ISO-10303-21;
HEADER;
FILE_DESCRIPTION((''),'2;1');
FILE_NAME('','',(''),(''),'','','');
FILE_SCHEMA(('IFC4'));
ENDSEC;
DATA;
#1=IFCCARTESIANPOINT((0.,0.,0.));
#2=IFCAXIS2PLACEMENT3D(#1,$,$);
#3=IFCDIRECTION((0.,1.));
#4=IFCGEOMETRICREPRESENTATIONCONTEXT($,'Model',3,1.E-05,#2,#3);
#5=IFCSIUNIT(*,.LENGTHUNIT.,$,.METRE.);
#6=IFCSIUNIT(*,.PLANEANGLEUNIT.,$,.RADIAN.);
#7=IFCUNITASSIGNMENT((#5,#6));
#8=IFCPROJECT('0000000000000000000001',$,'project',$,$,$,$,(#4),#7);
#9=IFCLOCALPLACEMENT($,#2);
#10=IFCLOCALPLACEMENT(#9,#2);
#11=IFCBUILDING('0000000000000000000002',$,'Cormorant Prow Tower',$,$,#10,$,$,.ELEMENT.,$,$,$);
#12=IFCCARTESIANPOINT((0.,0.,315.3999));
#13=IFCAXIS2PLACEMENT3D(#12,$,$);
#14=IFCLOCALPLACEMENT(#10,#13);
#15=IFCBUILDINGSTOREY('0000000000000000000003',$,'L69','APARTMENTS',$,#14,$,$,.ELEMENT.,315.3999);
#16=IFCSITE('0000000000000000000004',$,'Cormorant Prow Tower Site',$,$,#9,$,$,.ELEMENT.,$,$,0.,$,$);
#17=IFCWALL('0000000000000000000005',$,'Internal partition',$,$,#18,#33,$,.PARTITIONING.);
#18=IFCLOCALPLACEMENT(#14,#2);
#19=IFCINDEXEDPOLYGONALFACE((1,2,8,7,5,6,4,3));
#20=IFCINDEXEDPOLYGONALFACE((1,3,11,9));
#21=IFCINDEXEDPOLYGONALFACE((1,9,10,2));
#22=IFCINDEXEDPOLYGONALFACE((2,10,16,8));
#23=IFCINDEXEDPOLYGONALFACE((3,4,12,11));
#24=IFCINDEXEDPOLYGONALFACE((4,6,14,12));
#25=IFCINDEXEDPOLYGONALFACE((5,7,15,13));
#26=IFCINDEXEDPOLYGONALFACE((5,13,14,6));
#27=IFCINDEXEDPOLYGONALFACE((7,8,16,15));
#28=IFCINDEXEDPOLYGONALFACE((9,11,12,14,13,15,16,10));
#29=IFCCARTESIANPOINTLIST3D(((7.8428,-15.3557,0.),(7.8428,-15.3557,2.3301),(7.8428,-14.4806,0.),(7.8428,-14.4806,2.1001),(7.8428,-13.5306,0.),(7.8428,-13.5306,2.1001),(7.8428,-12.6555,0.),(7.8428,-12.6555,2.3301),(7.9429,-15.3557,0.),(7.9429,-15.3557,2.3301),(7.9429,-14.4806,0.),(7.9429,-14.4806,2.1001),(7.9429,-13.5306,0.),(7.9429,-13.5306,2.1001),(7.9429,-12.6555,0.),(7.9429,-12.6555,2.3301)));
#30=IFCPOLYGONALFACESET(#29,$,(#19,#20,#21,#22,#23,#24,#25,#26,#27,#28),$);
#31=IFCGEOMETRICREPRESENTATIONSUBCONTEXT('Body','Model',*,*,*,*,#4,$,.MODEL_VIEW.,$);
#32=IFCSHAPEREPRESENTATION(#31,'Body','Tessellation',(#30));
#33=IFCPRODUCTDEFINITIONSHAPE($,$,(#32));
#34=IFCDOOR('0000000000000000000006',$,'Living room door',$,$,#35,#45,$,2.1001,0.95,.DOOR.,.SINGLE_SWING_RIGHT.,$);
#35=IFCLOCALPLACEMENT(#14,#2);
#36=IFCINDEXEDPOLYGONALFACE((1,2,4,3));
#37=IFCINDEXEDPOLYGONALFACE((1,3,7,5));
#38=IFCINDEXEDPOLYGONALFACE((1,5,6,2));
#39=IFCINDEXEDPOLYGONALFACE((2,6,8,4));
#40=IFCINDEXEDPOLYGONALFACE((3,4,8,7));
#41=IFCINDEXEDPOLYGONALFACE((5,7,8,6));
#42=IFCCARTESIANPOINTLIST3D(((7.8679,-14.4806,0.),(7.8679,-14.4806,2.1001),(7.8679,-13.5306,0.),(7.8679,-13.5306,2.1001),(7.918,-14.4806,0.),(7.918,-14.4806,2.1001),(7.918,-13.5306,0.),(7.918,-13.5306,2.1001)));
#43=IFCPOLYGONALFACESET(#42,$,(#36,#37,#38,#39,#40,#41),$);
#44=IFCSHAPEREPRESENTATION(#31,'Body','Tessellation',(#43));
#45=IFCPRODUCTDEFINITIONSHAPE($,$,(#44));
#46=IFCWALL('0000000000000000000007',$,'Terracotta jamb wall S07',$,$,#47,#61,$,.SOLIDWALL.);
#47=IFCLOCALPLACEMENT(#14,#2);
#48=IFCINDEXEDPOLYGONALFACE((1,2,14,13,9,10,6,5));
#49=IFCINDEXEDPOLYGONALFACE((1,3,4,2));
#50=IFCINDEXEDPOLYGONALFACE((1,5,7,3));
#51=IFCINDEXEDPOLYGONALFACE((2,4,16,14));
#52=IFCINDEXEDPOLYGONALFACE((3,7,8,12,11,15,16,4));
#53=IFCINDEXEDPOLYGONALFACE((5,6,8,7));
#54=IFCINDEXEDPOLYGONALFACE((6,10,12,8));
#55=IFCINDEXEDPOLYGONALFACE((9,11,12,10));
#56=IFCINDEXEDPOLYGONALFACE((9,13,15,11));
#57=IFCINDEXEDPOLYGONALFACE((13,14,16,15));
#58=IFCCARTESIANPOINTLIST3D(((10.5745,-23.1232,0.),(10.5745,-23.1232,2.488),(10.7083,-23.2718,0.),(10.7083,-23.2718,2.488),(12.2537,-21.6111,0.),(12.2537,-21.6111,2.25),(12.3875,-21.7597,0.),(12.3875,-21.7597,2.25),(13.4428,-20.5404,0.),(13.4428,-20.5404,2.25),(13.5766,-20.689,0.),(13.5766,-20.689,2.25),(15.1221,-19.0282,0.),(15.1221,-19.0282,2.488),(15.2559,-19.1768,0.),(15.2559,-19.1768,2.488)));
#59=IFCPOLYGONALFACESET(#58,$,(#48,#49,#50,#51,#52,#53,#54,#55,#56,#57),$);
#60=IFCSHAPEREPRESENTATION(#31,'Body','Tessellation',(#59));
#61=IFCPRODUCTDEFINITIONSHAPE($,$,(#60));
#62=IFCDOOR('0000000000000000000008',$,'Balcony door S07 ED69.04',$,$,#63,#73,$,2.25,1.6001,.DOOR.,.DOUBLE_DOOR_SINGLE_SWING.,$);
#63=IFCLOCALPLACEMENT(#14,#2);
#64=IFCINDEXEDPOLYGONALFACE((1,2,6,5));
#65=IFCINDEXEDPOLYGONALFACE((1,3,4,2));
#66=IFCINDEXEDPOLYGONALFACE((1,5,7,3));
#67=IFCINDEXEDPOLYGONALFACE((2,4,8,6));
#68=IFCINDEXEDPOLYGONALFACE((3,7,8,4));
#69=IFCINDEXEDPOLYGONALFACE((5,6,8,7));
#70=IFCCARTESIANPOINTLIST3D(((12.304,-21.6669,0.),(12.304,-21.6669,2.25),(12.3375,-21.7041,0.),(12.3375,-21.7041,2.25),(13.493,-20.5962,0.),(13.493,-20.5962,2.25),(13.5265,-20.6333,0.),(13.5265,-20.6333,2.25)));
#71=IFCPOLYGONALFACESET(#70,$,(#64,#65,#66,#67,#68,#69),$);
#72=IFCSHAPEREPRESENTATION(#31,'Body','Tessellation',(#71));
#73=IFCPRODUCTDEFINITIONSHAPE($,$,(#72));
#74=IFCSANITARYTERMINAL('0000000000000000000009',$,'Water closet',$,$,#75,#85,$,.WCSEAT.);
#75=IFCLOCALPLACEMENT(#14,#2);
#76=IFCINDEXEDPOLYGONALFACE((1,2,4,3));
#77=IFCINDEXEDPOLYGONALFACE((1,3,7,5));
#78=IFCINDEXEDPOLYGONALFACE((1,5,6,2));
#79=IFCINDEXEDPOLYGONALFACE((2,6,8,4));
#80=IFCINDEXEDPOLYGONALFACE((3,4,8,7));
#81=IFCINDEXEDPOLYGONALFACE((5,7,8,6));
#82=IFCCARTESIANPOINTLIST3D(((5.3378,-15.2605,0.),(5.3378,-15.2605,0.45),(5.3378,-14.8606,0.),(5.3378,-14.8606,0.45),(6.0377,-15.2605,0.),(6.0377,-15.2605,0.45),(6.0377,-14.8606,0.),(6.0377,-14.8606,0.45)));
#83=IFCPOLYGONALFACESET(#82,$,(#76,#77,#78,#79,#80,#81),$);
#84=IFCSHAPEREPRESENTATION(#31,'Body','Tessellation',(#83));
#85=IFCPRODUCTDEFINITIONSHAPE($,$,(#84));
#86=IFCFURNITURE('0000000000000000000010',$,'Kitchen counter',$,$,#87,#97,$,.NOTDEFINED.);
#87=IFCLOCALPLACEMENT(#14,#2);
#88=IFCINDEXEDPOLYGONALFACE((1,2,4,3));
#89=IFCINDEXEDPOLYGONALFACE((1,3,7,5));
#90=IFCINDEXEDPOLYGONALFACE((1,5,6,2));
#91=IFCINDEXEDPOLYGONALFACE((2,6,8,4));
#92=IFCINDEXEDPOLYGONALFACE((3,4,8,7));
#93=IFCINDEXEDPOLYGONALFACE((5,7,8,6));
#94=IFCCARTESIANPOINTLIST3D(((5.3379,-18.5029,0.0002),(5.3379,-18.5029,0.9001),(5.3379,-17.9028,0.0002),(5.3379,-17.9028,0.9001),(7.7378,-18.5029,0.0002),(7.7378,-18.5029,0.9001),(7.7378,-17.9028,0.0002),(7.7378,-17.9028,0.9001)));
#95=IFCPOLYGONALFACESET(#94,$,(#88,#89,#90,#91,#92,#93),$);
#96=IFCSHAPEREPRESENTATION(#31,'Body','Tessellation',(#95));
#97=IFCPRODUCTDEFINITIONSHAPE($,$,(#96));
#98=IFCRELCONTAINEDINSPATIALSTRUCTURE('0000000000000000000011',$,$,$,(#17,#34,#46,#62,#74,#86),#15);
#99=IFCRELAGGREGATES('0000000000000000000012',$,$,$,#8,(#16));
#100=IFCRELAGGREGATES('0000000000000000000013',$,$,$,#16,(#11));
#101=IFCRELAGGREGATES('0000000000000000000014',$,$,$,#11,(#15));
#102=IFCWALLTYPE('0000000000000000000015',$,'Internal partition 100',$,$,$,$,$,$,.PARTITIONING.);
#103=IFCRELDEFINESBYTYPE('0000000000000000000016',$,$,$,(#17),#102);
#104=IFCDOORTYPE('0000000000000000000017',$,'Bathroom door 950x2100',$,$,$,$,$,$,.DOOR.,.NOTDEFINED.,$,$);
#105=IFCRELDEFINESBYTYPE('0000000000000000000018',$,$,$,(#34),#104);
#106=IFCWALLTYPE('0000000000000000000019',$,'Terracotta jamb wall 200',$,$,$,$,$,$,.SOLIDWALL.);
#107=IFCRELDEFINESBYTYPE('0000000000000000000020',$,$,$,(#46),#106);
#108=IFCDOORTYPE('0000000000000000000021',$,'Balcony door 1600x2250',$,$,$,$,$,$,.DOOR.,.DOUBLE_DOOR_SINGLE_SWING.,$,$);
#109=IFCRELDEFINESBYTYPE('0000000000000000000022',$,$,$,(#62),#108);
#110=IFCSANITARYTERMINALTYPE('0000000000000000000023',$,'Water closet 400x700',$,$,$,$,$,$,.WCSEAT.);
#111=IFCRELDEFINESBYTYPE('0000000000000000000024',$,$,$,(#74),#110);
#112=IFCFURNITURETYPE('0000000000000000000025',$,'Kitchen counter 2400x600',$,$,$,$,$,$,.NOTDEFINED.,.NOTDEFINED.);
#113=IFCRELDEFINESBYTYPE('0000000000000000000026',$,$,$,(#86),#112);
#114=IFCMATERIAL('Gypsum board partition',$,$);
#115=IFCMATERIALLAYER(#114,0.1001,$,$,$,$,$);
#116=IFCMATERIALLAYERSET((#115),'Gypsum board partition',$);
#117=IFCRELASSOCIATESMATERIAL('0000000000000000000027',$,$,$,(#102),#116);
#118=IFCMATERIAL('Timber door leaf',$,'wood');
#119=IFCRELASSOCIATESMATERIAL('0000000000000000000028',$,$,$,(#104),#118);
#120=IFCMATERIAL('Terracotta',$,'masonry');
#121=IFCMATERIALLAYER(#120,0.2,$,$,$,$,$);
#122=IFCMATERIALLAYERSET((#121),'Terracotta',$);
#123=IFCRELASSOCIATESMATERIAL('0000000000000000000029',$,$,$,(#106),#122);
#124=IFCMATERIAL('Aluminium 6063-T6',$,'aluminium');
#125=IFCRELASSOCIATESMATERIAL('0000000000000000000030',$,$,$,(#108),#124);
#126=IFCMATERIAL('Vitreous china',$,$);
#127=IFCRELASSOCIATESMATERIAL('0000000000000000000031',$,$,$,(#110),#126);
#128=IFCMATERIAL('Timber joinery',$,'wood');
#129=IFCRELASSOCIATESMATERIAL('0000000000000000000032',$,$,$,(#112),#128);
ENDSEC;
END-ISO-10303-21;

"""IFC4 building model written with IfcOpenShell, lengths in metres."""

from ifc_helpers import new_model, si_unit, direction, frame, frame_2d, origin, origin_2d, place, context, subcontext, project, spatial, rectangle, extrude, material, layer, layer_set, type_object, element, fill, save


model = new_model("IFC4")

# Units and contexts
model_context = context("Model", 3, precision=1e-05, world=origin(), true_north=direction((0.0, 1.0)))
body_context = subcontext(model_context, "Body", "Model", "MODEL_VIEW")
ifc_project = project(units=[si_unit("LENGTHUNIT", "METRE"), si_unit("PLANEANGLEUNIT", "RADIAN")], contexts=[model_context])

# Site, building, storey
site_placement = place(None, origin())
site = spatial("IfcSite", under=ifc_project, at=site_placement, Name="Cormorant Prow Tower Site", CompositionType="ELEMENT", RefElevation=0.0)
building_placement = place(site_placement, origin())
building = spatial("IfcBuilding", under=site, at=building_placement, Name="Cormorant Prow Tower", CompositionType="ELEMENT")
storey_placement = place(building_placement, frame((0.0, 0.0, 315.3999)))
storey = spatial("IfcBuildingStorey", under=building, at=storey_placement, Name="L69", Description="APARTMENTS", CompositionType="ELEMENT", Elevation=315.3999)

# Walls, openings, doors
ifc_material_1 = material(Name="Gypsum board partition")
ifc_layer_1 = layer(ifc_material_1, 0.1001)
ifc_layer_set_1 = layer_set([ifc_layer_1], Name="Gypsum board partition")
wall_type_1 = type_object("IfcWallType", Name="Internal partition 100", PredefinedType="PARTITIONING", material=ifc_layer_set_1)
ifc_material_2 = material(Name="Timber door leaf", Category="wood")
door_type_1 = type_object("IfcDoorType", Name="Bathroom door 950x2100", OperationType="NOTDEFINED", PredefinedType="DOOR", material=ifc_material_2)
wall_1_placement = place(storey_placement, frame((7.8928, -15.3557, 0.0), z_axis=(0.0, 0.0, 1.0), x_axis=(0.0, 1.0, 0.0)))
wall_1 = element("IfcWall", 1, at=wall_1_placement, inside=storey, type_object=wall_type_1, Name="Internal partition", PredefinedType="PARTITIONING", context=body_context, shape_type="SweptSolid", body=[
    extrude(rectangle(XDim=2.7002, YDim=0.1001, at=frame_2d((1.3501, 0.0))), origin(), (0.0, 0.0, 1.0), 2.3301),
])
opening_1_placement = place(wall_1_placement, frame((0.875, 0.0, 0.0)))
opening_1 = element("IfcOpeningElement", 2, at=opening_1_placement, cuts=wall_1, PredefinedType="OPENING", context=body_context, shape_type="SweptSolid", body=[
    extrude(rectangle(XDim=0.95, YDim=2.1001, at=frame_2d((0.4751, 1.05))), frame((0.0, 0.0601, 0.0), z_axis=(0.0, -1.0, 0.0), x_axis=(1.0, 0.0, 0.0)), (0.0, 0.0, 1.0), 0.1201),
])
door_1_placement = place(opening_1_placement, origin())
door_1 = element("IfcDoor", 3, at=door_1_placement, inside=storey, type_object=door_type_1, Name="Living room door", OperationType="SINGLE_SWING_RIGHT", OverallHeight=2.1001, OverallWidth=0.95, PredefinedType="DOOR", context=body_context, shape_type="SweptSolid", body=[
    extrude(rectangle(XDim=0.95, YDim=2.1001, at=frame_2d((0.4751, 1.05))), frame((0.0, 0.0249, 0.0), z_axis=(0.0, -1.0, 0.0), x_axis=(1.0, 0.0, 0.0)), (0.0, 0.0, 1.0), 0.05),
])
fill(opening_1, door_1)
ifc_material_3 = material(Name="Terracotta", Category="masonry")
ifc_layer_2 = layer(ifc_material_3, 0.2)
ifc_layer_set_2 = layer_set([ifc_layer_2], Name="Terracotta")
wall_type_2 = type_object("IfcWallType", Name="Terracotta jamb wall 200", PredefinedType="SOLIDWALL", material=ifc_layer_set_2)
wall_2_placement = place(storey_placement, frame((10.6414, -23.1975, 0.0), z_axis=(0.0, 0.0, 1.0), x_axis=(0.743122, 0.669156, 0.0)))
wall_2 = element("IfcWall", 4, at=wall_2_placement, inside=storey, type_object=wall_type_2, Name="Terracotta jamb wall S07", PredefinedType="SOLIDWALL", context=body_context, shape_type="SweptSolid", body=[
    extrude(rectangle(XDim=6.1196, YDim=0.2, at=frame_2d((3.0598, 0.0))), origin(), (0.0, 0.0, 1.0), 2.488),
])
opening_2_placement = place(wall_2_placement, frame((2.2598, 0.0, 0.0)))
opening_2 = element("IfcOpeningElement", 5, at=opening_2_placement, cuts=wall_2, PredefinedType="OPENING", context=body_context, shape_type="SweptSolid", body=[
    extrude(rectangle(XDim=1.6001, YDim=2.25, at=frame_2d((0.8, 1.125))), frame((0.0, 0.1099, 0.0), z_axis=(0.0, -1.0, 0.0), x_axis=(1.0, 0.0, 0.0)), (0.0, 0.0, 1.0), 0.22),
])
ifc_material_4 = material(Name="Aluminium 6063-T6", Category="aluminium")
door_type_2 = type_object("IfcDoorType", Name="Balcony door 1600x2250", OperationType="DOUBLE_DOOR_SINGLE_SWING", PredefinedType="DOOR", material=ifc_material_4)
door_2_placement = place(opening_2_placement, origin())
door_2 = element("IfcDoor", 6, at=door_2_placement, inside=storey, type_object=door_type_2, Name="Balcony door S07 ED69.04", OperationType="DOUBLE_DOOR_SINGLE_SWING", OverallHeight=2.25, OverallWidth=1.6001, PredefinedType="DOOR", context=body_context, shape_type="SweptSolid", body=[
    extrude(rectangle(XDim=1.6001, YDim=2.25, at=frame_2d((0.8, 1.125))), frame((0.0, 0.0249, 0.0), z_axis=(0.0, -1.0, 0.0), x_axis=(1.0, 0.0, 0.0)), (0.0, 0.0, 1.0), 0.05),
])
fill(opening_2, door_2)

# Sanitary terminal
ifc_material_5 = material(Name="Vitreous china")
sanitary_terminal_type = type_object("IfcSanitaryTerminalType", Name="Water closet 400x700", PredefinedType="WCSEAT", material=ifc_material_5)
sanitary_terminal_placement = place(storey_placement, frame((5.6877, -15.0605, 0.0), z_axis=(0.0, 0.0, 1.0), x_axis=(0.0, 1.0, 0.0)))
element("IfcSanitaryTerminal", 7, at=sanitary_terminal_placement, inside=storey, type_object=sanitary_terminal_type, Name="Water closet", PredefinedType="WCSEAT", context=body_context, shape_type="SweptSolid", body=[
    extrude(rectangle(XDim=0.3999, YDim=0.7, at=origin_2d()), origin(), (0.0, 0.0, 1.0), 0.45),
])

# Furniture
ifc_material_6 = material(Name="Timber joinery", Category="wood")
furniture_type = type_object("IfcFurnitureType", Name="Kitchen counter 2400x600", AssemblyPlace="NOTDEFINED", PredefinedType="NOTDEFINED", material=ifc_material_6)
furniture_placement = place(storey_placement, frame((6.5378, -18.2029, 0.0002), z_axis=(0.0, 0.0, 1.0), x_axis=(1.0, 0.0, 0.0)))
element("IfcFurniture", 8, at=furniture_placement, inside=storey, type_object=furniture_type, Name="Kitchen counter", PredefinedType="NOTDEFINED", context=body_context, shape_type="SweptSolid", body=[
    extrude(rectangle(XDim=2.3999, YDim=0.6001, at=origin_2d()), origin(), (0.0, 0.0, 1.0), 0.8999),
])

save(model, "model.ifc")
